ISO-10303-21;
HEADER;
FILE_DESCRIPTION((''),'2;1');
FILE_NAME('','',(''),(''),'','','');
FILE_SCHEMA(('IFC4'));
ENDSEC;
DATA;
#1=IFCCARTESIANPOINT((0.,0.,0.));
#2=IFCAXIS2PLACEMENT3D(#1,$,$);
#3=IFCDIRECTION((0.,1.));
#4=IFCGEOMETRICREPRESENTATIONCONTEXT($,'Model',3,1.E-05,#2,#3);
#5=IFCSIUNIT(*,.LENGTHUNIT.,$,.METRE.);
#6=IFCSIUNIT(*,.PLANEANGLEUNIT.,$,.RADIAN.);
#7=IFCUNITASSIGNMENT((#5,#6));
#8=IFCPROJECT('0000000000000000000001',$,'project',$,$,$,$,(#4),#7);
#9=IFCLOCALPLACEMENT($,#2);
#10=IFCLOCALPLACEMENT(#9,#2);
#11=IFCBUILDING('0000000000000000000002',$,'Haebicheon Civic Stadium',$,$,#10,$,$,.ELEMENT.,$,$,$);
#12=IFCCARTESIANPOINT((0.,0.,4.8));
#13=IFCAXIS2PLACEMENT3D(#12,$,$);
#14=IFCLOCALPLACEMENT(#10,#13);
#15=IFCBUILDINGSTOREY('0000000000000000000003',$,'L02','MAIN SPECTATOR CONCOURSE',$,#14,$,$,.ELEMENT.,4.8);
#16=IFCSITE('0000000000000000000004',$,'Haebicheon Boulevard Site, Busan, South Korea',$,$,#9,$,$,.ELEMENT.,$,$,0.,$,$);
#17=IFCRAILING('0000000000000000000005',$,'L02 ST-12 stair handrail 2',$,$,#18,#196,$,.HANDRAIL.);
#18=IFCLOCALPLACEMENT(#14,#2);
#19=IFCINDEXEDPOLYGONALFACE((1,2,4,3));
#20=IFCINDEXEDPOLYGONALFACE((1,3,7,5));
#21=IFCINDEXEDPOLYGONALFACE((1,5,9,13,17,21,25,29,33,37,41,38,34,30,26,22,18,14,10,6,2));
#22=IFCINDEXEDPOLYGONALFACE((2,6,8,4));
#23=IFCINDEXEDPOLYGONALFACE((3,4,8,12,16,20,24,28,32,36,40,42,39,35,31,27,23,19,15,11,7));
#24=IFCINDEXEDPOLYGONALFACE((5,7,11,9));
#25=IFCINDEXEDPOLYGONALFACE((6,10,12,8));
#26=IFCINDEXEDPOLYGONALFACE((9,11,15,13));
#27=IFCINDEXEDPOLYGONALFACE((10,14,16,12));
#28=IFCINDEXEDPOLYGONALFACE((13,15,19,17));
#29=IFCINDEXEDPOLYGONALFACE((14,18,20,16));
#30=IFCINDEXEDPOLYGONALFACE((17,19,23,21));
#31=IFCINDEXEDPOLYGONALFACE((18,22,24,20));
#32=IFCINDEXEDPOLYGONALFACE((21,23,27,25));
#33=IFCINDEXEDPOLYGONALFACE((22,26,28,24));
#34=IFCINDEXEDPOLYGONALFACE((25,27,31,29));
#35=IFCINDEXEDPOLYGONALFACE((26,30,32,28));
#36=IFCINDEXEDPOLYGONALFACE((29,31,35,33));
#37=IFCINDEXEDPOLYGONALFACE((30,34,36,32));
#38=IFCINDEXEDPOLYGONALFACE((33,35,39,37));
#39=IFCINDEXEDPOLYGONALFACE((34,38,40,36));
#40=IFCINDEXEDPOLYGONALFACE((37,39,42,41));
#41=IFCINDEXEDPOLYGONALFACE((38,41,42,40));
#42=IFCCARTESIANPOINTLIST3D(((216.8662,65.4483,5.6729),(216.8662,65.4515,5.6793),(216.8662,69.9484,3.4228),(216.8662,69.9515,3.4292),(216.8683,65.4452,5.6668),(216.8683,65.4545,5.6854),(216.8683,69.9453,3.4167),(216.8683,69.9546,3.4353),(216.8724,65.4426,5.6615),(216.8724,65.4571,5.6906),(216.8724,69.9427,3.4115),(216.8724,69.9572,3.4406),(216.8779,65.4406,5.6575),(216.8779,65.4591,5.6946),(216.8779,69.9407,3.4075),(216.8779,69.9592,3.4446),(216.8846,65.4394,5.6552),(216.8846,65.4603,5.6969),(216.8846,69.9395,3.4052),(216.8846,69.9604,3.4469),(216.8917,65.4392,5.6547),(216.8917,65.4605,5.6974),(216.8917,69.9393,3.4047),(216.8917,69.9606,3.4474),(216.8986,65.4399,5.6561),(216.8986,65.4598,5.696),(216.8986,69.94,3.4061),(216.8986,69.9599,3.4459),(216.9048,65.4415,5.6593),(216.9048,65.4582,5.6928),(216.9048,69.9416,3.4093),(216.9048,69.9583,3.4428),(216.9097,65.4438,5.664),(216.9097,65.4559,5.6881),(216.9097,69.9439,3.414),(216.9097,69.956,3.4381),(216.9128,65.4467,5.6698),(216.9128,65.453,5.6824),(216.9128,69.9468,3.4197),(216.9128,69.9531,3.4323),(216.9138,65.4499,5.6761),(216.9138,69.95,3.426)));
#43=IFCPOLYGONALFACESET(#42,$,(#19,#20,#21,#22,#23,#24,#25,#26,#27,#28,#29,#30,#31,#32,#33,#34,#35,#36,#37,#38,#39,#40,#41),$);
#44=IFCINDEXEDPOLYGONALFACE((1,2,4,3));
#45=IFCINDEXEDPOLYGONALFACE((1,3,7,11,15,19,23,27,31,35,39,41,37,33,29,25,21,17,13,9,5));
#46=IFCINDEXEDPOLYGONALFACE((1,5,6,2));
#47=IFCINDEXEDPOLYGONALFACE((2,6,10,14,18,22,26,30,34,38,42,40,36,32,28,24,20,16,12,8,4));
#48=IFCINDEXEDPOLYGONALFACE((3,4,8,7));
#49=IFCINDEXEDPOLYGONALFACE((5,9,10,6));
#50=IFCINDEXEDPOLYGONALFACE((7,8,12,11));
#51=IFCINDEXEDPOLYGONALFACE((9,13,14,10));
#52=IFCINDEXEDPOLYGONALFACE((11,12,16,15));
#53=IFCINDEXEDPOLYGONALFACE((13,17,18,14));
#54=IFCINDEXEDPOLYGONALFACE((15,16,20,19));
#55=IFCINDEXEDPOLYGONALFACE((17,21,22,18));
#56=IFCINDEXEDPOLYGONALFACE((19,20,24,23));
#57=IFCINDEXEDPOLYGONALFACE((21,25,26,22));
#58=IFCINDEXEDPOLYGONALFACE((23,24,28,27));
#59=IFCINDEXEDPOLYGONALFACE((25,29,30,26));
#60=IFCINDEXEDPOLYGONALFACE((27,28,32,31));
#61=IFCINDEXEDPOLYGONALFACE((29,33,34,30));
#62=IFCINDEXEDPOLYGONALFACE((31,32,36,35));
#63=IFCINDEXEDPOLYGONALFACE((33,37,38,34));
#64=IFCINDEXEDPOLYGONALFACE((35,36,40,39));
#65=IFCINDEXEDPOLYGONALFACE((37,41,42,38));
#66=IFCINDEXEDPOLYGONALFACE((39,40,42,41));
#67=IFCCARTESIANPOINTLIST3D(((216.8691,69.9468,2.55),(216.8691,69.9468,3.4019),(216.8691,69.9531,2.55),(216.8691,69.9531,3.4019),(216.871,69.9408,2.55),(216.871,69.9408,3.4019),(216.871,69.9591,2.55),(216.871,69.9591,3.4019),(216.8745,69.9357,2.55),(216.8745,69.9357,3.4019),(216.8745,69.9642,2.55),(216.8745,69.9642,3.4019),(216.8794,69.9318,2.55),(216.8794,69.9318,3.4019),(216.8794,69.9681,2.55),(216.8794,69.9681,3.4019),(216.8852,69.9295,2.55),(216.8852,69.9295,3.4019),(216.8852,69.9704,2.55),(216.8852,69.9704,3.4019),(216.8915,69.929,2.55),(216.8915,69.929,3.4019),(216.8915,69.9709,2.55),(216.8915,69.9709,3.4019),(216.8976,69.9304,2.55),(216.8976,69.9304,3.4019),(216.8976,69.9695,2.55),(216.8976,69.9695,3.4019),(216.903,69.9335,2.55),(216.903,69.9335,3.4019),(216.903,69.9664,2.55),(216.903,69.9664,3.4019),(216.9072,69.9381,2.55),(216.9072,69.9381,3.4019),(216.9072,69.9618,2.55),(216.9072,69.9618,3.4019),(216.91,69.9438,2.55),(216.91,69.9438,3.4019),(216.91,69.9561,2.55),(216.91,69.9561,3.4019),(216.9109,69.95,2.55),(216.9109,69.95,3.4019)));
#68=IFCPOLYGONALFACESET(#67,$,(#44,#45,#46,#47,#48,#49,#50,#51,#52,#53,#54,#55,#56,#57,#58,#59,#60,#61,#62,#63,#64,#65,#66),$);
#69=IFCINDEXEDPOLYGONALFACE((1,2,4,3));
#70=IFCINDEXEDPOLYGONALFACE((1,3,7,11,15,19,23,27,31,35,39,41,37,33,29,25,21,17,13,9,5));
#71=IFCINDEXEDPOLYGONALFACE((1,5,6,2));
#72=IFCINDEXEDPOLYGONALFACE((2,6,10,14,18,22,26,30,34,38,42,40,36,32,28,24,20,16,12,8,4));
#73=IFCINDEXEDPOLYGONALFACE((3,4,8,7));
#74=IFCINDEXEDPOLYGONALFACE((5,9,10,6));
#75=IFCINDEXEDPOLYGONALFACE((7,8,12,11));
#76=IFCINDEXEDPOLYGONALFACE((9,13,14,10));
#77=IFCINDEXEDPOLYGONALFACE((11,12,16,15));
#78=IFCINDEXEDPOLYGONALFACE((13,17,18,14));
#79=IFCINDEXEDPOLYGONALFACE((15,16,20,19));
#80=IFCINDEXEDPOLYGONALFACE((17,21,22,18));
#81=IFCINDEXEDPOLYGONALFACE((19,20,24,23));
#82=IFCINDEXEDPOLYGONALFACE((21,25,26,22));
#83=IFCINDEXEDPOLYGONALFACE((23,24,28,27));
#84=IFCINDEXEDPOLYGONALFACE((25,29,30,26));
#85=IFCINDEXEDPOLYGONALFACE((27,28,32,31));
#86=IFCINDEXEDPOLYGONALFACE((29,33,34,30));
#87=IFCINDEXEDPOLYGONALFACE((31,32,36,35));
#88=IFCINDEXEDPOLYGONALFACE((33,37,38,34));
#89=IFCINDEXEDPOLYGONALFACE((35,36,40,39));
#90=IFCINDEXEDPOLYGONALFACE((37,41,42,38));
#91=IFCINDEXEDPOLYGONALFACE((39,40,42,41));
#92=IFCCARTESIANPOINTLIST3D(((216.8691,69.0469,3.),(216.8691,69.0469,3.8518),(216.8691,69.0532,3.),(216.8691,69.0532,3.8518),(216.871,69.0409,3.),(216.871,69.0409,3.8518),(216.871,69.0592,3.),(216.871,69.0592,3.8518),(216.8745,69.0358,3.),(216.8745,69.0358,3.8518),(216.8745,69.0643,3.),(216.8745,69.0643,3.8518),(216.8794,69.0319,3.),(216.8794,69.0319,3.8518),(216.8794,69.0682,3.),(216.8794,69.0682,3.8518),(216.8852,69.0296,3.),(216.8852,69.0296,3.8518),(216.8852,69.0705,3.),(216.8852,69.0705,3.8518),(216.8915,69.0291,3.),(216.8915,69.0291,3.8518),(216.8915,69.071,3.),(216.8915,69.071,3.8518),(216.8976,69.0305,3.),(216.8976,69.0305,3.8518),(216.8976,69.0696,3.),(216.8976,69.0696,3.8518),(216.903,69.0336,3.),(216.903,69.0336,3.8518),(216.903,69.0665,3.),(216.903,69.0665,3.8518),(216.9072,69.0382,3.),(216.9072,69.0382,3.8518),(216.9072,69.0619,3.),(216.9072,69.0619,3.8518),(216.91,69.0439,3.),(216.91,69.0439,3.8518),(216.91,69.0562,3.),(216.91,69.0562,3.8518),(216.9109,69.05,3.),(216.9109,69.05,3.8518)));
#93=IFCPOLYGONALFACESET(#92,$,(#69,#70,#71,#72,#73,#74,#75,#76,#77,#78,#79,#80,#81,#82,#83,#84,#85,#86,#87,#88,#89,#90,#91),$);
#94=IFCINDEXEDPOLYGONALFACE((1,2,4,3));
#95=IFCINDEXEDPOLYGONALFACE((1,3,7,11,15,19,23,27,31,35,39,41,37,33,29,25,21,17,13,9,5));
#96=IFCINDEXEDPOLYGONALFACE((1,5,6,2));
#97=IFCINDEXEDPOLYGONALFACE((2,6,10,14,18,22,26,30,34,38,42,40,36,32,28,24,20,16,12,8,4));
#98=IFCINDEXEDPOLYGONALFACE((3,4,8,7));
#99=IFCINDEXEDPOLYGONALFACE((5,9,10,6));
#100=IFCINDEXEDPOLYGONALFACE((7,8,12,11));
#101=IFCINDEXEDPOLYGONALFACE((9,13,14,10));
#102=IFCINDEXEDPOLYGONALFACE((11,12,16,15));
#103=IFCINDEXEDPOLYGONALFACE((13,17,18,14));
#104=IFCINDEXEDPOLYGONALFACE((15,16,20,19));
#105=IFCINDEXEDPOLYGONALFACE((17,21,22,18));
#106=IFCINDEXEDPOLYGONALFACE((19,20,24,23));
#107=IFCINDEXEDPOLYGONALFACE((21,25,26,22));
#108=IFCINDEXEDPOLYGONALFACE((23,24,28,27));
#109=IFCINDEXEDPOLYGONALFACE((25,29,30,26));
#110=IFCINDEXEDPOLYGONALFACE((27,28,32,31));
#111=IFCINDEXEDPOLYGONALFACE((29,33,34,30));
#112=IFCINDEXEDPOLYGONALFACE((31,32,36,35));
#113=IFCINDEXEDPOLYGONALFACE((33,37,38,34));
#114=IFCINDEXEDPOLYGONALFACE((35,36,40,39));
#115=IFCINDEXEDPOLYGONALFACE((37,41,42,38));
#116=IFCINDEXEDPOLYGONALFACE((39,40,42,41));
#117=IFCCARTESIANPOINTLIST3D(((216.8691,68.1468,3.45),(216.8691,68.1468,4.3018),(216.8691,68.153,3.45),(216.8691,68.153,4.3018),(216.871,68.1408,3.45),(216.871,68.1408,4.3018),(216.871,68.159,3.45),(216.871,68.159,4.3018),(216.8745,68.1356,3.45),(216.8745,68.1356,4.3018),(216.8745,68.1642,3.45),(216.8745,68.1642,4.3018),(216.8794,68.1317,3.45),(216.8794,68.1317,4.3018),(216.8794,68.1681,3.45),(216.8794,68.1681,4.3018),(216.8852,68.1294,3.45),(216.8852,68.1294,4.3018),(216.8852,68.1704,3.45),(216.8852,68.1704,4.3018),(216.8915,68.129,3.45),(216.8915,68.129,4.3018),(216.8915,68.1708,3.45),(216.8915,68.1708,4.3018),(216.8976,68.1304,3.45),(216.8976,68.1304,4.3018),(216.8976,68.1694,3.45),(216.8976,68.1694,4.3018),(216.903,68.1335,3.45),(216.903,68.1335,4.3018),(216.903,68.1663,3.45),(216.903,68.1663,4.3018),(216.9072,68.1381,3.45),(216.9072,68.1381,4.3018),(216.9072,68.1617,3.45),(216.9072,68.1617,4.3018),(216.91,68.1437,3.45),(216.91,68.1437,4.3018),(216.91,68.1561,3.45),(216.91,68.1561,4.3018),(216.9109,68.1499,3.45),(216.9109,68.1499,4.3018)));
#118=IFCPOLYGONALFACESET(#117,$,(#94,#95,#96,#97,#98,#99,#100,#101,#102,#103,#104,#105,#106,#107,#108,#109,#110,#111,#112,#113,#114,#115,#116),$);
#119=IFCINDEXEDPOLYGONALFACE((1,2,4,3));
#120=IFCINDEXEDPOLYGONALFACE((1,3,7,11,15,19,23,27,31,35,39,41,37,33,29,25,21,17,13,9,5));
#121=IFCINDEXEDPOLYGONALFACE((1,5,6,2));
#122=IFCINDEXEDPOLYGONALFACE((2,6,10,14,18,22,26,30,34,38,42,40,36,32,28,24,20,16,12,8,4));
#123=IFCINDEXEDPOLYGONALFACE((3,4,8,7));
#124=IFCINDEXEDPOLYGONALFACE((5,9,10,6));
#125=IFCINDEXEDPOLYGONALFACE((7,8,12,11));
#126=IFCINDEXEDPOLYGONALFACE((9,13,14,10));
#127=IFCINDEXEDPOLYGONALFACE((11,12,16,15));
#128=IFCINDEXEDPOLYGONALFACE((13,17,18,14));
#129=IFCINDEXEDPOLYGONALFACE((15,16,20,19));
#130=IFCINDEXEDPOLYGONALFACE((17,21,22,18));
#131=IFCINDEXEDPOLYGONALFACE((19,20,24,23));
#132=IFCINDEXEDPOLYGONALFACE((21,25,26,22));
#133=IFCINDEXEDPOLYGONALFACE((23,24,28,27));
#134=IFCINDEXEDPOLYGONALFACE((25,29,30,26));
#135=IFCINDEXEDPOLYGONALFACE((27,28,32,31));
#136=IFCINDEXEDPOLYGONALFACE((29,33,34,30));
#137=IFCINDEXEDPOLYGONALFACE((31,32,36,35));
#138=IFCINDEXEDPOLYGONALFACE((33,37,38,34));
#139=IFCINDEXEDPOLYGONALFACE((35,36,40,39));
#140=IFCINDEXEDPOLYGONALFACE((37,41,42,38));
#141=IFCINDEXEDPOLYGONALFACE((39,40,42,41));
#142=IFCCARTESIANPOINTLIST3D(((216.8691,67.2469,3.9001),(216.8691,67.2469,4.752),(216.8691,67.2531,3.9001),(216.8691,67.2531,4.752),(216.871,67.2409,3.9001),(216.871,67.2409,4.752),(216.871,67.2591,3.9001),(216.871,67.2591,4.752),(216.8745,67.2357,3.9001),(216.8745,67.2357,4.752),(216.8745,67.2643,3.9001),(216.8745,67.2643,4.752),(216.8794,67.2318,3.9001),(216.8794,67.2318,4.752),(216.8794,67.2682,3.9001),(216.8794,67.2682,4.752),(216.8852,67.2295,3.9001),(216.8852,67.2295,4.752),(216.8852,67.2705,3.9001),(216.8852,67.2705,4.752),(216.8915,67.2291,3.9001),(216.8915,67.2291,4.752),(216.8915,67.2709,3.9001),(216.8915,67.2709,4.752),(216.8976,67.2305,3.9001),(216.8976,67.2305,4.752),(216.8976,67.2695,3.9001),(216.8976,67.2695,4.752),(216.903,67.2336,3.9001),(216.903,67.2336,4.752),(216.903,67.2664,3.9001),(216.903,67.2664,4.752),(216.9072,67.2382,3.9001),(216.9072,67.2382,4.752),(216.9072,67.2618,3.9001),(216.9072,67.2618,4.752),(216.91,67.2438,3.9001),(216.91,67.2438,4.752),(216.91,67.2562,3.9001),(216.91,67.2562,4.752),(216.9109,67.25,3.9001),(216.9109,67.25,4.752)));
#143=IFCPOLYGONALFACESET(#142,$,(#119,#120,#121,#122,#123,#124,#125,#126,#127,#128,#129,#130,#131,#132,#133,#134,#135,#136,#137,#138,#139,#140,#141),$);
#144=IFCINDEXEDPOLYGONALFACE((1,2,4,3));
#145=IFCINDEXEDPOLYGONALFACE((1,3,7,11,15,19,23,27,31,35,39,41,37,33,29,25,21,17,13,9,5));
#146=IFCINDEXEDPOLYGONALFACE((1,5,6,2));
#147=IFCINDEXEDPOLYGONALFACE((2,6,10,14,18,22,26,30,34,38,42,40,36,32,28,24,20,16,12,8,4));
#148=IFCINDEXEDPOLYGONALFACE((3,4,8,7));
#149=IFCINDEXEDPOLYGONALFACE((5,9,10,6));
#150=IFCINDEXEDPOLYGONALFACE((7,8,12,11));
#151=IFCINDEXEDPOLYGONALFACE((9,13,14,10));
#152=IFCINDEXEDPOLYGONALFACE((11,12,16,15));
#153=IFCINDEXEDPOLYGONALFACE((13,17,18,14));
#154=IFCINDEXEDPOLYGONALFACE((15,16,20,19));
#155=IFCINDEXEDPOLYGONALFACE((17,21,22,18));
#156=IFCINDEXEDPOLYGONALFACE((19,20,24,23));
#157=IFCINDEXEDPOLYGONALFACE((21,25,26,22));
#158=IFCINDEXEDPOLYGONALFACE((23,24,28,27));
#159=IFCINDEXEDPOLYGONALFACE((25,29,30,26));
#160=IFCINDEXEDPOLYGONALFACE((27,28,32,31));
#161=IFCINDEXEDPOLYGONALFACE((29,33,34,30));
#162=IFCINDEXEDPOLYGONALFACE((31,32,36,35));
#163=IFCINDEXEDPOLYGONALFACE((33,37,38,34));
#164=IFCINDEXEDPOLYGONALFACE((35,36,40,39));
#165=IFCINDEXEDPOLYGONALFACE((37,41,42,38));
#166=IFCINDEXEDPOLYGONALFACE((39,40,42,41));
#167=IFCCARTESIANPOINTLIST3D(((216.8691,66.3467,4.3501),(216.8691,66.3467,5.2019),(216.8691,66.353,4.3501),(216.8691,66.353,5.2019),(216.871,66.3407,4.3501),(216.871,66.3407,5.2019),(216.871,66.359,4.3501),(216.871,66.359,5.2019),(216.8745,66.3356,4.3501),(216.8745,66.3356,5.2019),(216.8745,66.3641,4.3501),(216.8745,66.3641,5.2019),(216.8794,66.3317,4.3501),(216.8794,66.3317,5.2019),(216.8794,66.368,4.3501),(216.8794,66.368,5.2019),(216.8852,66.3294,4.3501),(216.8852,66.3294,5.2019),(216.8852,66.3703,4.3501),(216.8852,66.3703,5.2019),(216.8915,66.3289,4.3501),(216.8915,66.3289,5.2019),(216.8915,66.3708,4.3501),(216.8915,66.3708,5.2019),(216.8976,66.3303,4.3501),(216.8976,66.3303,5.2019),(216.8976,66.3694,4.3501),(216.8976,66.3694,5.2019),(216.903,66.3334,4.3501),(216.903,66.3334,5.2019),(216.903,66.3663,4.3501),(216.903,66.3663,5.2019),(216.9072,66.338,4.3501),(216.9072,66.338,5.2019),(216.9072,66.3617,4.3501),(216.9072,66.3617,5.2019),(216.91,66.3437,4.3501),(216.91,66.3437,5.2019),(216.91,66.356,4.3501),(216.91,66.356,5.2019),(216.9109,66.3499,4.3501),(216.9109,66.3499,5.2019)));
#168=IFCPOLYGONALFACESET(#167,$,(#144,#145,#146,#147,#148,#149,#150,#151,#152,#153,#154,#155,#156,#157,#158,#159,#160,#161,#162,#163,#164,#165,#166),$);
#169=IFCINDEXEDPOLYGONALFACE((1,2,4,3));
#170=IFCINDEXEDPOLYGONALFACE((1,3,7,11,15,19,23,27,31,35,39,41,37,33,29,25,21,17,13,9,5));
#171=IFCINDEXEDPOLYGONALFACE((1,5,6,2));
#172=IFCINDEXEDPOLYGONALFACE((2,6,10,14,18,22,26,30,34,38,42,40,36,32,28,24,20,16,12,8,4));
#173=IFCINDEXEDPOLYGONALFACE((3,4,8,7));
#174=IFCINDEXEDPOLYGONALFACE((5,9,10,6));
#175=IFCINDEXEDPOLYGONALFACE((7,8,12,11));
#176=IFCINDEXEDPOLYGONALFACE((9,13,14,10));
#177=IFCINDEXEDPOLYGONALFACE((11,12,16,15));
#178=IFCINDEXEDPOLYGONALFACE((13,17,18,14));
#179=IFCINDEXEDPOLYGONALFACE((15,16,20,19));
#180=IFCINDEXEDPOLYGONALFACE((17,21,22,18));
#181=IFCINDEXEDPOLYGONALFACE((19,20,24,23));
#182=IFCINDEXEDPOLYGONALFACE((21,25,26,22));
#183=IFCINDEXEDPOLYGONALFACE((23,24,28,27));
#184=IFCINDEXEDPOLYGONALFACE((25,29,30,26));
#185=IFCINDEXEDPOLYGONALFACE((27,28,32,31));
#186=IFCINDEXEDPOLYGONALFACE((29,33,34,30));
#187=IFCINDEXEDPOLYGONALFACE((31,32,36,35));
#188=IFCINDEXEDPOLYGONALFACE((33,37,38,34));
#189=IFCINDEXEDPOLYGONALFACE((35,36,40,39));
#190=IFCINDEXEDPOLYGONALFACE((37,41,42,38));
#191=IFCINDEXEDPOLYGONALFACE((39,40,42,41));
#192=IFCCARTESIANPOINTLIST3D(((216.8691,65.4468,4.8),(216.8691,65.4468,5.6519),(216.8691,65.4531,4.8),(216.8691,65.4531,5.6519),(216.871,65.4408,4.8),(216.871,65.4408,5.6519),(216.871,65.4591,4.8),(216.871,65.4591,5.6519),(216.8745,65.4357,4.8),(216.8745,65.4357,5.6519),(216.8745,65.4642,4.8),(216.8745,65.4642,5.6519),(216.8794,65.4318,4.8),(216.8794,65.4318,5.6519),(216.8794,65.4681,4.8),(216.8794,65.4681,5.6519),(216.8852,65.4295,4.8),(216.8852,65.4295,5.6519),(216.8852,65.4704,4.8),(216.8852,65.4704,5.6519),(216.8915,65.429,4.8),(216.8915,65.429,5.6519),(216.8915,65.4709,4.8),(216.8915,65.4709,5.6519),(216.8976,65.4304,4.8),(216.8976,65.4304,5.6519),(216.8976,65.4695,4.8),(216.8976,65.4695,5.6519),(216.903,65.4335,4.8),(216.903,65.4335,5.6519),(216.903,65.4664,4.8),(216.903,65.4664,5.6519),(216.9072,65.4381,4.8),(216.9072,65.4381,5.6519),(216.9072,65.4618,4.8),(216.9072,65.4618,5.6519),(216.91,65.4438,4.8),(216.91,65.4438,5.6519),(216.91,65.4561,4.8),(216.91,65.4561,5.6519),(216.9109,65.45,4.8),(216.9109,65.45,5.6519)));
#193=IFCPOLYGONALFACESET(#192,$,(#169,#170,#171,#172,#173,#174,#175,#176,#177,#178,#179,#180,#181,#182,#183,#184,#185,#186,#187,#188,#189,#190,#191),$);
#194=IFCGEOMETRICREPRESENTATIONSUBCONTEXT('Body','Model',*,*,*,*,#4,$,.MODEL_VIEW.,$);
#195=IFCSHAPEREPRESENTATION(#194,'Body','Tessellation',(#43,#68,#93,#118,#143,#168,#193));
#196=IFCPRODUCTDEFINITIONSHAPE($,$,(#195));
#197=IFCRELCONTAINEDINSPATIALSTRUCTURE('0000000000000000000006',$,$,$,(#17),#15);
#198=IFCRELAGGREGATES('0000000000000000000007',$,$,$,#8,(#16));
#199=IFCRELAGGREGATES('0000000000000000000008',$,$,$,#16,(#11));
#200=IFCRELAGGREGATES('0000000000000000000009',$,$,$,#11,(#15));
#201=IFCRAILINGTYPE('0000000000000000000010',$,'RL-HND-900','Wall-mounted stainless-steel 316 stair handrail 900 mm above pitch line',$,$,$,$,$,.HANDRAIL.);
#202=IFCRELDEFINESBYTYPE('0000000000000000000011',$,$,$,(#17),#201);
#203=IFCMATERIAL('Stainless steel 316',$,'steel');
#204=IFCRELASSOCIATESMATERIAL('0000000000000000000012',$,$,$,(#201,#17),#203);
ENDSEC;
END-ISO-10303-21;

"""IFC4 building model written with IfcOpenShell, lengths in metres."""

from ifc_helpers import new_model, si_unit, direction, frame, origin, origin_2d, place, context, subcontext, project, spatial, circle, extrude, material, type_object, element, save


model = new_model("IFC4")

# Units and contexts
model_context = context("Model", 3, precision=1e-05, world=origin(), true_north=direction((0.0, 1.0)))
body_context = subcontext(model_context, "Body", "Model", "MODEL_VIEW")
ifc_project = project(units=[si_unit("LENGTHUNIT", "METRE"), si_unit("PLANEANGLEUNIT", "RADIAN")], contexts=[model_context])

# Site, building, storey
site_placement = place(None, origin())
site = spatial("IfcSite", under=ifc_project, at=site_placement, Name="Haebicheon Boulevard Site, Busan, South Korea", CompositionType="ELEMENT", RefElevation=0.0)
building_placement = place(site_placement, origin())
building = spatial("IfcBuilding", under=site, at=building_placement, Name="Haebicheon Civic Stadium", CompositionType="ELEMENT")
storey_placement = place(building_placement, frame((0.0, 0.0, 4.8)))
storey = spatial("IfcBuildingStorey", under=building, at=storey_placement, Name="L02", Description="MAIN SPECTATOR CONCOURSE", CompositionType="ELEMENT", Elevation=4.8)

# Railing
ifc_material_1 = material(Name="Stainless steel 316", Category="steel")
railing_type_1 = type_object("IfcRailingType", Name="RL-HND-900", Description="Wall-mounted stainless-steel 316 stair handrail 900 mm above pitch line", PredefinedType="HANDRAIL", material=ifc_material_1)
railing_1_placement = place(storey_placement, frame((216.8899, 69.95, 2.55)))
element("IfcRailing", 1, at=railing_1_placement, inside=storey, type_object=railing_type_1, material=ifc_material_1, Name="L02 ST-12 stair handrail 2", PredefinedType="HANDRAIL", context=body_context, shape_type="SweptSolid", body=[
    extrude(circle(Radius=0.0239, at=origin_2d()), frame((0.0, 0.0, 0.876), z_axis=(0.0, -0.894427, 0.447214), x_axis=(1.0, 0.0, 0.0)), (0.0, 0.0, 1.0), 5.0312),
    extrude(circle(Radius=0.021, at=origin_2d()), origin(), (0.0, 0.0, 1.0), 0.8518),
    extrude(circle(Radius=0.021, at=origin_2d()), frame((0.0, -0.8999, 0.45)), (0.0, 0.0, 1.0), 0.8518),
    extrude(circle(Radius=0.021, at=origin_2d()), frame((0.0, -1.8, 0.8999)), (0.0, 0.0, 1.0), 0.8518),
    extrude(circle(Radius=0.021, at=origin_2d()), frame((0.0, -2.7, 1.3501)), (0.0, 0.0, 1.0), 0.8518),
    extrude(circle(Radius=0.021, at=origin_2d()), frame((0.0, -3.6001, 1.8)), (0.0, 0.0, 1.0), 0.8518),
    extrude(circle(Radius=0.021, at=origin_2d()), frame((0.0, -4.5, 2.25)), (0.0, 0.0, 1.0), 0.8518),
])

save(model, "model.ifc")
